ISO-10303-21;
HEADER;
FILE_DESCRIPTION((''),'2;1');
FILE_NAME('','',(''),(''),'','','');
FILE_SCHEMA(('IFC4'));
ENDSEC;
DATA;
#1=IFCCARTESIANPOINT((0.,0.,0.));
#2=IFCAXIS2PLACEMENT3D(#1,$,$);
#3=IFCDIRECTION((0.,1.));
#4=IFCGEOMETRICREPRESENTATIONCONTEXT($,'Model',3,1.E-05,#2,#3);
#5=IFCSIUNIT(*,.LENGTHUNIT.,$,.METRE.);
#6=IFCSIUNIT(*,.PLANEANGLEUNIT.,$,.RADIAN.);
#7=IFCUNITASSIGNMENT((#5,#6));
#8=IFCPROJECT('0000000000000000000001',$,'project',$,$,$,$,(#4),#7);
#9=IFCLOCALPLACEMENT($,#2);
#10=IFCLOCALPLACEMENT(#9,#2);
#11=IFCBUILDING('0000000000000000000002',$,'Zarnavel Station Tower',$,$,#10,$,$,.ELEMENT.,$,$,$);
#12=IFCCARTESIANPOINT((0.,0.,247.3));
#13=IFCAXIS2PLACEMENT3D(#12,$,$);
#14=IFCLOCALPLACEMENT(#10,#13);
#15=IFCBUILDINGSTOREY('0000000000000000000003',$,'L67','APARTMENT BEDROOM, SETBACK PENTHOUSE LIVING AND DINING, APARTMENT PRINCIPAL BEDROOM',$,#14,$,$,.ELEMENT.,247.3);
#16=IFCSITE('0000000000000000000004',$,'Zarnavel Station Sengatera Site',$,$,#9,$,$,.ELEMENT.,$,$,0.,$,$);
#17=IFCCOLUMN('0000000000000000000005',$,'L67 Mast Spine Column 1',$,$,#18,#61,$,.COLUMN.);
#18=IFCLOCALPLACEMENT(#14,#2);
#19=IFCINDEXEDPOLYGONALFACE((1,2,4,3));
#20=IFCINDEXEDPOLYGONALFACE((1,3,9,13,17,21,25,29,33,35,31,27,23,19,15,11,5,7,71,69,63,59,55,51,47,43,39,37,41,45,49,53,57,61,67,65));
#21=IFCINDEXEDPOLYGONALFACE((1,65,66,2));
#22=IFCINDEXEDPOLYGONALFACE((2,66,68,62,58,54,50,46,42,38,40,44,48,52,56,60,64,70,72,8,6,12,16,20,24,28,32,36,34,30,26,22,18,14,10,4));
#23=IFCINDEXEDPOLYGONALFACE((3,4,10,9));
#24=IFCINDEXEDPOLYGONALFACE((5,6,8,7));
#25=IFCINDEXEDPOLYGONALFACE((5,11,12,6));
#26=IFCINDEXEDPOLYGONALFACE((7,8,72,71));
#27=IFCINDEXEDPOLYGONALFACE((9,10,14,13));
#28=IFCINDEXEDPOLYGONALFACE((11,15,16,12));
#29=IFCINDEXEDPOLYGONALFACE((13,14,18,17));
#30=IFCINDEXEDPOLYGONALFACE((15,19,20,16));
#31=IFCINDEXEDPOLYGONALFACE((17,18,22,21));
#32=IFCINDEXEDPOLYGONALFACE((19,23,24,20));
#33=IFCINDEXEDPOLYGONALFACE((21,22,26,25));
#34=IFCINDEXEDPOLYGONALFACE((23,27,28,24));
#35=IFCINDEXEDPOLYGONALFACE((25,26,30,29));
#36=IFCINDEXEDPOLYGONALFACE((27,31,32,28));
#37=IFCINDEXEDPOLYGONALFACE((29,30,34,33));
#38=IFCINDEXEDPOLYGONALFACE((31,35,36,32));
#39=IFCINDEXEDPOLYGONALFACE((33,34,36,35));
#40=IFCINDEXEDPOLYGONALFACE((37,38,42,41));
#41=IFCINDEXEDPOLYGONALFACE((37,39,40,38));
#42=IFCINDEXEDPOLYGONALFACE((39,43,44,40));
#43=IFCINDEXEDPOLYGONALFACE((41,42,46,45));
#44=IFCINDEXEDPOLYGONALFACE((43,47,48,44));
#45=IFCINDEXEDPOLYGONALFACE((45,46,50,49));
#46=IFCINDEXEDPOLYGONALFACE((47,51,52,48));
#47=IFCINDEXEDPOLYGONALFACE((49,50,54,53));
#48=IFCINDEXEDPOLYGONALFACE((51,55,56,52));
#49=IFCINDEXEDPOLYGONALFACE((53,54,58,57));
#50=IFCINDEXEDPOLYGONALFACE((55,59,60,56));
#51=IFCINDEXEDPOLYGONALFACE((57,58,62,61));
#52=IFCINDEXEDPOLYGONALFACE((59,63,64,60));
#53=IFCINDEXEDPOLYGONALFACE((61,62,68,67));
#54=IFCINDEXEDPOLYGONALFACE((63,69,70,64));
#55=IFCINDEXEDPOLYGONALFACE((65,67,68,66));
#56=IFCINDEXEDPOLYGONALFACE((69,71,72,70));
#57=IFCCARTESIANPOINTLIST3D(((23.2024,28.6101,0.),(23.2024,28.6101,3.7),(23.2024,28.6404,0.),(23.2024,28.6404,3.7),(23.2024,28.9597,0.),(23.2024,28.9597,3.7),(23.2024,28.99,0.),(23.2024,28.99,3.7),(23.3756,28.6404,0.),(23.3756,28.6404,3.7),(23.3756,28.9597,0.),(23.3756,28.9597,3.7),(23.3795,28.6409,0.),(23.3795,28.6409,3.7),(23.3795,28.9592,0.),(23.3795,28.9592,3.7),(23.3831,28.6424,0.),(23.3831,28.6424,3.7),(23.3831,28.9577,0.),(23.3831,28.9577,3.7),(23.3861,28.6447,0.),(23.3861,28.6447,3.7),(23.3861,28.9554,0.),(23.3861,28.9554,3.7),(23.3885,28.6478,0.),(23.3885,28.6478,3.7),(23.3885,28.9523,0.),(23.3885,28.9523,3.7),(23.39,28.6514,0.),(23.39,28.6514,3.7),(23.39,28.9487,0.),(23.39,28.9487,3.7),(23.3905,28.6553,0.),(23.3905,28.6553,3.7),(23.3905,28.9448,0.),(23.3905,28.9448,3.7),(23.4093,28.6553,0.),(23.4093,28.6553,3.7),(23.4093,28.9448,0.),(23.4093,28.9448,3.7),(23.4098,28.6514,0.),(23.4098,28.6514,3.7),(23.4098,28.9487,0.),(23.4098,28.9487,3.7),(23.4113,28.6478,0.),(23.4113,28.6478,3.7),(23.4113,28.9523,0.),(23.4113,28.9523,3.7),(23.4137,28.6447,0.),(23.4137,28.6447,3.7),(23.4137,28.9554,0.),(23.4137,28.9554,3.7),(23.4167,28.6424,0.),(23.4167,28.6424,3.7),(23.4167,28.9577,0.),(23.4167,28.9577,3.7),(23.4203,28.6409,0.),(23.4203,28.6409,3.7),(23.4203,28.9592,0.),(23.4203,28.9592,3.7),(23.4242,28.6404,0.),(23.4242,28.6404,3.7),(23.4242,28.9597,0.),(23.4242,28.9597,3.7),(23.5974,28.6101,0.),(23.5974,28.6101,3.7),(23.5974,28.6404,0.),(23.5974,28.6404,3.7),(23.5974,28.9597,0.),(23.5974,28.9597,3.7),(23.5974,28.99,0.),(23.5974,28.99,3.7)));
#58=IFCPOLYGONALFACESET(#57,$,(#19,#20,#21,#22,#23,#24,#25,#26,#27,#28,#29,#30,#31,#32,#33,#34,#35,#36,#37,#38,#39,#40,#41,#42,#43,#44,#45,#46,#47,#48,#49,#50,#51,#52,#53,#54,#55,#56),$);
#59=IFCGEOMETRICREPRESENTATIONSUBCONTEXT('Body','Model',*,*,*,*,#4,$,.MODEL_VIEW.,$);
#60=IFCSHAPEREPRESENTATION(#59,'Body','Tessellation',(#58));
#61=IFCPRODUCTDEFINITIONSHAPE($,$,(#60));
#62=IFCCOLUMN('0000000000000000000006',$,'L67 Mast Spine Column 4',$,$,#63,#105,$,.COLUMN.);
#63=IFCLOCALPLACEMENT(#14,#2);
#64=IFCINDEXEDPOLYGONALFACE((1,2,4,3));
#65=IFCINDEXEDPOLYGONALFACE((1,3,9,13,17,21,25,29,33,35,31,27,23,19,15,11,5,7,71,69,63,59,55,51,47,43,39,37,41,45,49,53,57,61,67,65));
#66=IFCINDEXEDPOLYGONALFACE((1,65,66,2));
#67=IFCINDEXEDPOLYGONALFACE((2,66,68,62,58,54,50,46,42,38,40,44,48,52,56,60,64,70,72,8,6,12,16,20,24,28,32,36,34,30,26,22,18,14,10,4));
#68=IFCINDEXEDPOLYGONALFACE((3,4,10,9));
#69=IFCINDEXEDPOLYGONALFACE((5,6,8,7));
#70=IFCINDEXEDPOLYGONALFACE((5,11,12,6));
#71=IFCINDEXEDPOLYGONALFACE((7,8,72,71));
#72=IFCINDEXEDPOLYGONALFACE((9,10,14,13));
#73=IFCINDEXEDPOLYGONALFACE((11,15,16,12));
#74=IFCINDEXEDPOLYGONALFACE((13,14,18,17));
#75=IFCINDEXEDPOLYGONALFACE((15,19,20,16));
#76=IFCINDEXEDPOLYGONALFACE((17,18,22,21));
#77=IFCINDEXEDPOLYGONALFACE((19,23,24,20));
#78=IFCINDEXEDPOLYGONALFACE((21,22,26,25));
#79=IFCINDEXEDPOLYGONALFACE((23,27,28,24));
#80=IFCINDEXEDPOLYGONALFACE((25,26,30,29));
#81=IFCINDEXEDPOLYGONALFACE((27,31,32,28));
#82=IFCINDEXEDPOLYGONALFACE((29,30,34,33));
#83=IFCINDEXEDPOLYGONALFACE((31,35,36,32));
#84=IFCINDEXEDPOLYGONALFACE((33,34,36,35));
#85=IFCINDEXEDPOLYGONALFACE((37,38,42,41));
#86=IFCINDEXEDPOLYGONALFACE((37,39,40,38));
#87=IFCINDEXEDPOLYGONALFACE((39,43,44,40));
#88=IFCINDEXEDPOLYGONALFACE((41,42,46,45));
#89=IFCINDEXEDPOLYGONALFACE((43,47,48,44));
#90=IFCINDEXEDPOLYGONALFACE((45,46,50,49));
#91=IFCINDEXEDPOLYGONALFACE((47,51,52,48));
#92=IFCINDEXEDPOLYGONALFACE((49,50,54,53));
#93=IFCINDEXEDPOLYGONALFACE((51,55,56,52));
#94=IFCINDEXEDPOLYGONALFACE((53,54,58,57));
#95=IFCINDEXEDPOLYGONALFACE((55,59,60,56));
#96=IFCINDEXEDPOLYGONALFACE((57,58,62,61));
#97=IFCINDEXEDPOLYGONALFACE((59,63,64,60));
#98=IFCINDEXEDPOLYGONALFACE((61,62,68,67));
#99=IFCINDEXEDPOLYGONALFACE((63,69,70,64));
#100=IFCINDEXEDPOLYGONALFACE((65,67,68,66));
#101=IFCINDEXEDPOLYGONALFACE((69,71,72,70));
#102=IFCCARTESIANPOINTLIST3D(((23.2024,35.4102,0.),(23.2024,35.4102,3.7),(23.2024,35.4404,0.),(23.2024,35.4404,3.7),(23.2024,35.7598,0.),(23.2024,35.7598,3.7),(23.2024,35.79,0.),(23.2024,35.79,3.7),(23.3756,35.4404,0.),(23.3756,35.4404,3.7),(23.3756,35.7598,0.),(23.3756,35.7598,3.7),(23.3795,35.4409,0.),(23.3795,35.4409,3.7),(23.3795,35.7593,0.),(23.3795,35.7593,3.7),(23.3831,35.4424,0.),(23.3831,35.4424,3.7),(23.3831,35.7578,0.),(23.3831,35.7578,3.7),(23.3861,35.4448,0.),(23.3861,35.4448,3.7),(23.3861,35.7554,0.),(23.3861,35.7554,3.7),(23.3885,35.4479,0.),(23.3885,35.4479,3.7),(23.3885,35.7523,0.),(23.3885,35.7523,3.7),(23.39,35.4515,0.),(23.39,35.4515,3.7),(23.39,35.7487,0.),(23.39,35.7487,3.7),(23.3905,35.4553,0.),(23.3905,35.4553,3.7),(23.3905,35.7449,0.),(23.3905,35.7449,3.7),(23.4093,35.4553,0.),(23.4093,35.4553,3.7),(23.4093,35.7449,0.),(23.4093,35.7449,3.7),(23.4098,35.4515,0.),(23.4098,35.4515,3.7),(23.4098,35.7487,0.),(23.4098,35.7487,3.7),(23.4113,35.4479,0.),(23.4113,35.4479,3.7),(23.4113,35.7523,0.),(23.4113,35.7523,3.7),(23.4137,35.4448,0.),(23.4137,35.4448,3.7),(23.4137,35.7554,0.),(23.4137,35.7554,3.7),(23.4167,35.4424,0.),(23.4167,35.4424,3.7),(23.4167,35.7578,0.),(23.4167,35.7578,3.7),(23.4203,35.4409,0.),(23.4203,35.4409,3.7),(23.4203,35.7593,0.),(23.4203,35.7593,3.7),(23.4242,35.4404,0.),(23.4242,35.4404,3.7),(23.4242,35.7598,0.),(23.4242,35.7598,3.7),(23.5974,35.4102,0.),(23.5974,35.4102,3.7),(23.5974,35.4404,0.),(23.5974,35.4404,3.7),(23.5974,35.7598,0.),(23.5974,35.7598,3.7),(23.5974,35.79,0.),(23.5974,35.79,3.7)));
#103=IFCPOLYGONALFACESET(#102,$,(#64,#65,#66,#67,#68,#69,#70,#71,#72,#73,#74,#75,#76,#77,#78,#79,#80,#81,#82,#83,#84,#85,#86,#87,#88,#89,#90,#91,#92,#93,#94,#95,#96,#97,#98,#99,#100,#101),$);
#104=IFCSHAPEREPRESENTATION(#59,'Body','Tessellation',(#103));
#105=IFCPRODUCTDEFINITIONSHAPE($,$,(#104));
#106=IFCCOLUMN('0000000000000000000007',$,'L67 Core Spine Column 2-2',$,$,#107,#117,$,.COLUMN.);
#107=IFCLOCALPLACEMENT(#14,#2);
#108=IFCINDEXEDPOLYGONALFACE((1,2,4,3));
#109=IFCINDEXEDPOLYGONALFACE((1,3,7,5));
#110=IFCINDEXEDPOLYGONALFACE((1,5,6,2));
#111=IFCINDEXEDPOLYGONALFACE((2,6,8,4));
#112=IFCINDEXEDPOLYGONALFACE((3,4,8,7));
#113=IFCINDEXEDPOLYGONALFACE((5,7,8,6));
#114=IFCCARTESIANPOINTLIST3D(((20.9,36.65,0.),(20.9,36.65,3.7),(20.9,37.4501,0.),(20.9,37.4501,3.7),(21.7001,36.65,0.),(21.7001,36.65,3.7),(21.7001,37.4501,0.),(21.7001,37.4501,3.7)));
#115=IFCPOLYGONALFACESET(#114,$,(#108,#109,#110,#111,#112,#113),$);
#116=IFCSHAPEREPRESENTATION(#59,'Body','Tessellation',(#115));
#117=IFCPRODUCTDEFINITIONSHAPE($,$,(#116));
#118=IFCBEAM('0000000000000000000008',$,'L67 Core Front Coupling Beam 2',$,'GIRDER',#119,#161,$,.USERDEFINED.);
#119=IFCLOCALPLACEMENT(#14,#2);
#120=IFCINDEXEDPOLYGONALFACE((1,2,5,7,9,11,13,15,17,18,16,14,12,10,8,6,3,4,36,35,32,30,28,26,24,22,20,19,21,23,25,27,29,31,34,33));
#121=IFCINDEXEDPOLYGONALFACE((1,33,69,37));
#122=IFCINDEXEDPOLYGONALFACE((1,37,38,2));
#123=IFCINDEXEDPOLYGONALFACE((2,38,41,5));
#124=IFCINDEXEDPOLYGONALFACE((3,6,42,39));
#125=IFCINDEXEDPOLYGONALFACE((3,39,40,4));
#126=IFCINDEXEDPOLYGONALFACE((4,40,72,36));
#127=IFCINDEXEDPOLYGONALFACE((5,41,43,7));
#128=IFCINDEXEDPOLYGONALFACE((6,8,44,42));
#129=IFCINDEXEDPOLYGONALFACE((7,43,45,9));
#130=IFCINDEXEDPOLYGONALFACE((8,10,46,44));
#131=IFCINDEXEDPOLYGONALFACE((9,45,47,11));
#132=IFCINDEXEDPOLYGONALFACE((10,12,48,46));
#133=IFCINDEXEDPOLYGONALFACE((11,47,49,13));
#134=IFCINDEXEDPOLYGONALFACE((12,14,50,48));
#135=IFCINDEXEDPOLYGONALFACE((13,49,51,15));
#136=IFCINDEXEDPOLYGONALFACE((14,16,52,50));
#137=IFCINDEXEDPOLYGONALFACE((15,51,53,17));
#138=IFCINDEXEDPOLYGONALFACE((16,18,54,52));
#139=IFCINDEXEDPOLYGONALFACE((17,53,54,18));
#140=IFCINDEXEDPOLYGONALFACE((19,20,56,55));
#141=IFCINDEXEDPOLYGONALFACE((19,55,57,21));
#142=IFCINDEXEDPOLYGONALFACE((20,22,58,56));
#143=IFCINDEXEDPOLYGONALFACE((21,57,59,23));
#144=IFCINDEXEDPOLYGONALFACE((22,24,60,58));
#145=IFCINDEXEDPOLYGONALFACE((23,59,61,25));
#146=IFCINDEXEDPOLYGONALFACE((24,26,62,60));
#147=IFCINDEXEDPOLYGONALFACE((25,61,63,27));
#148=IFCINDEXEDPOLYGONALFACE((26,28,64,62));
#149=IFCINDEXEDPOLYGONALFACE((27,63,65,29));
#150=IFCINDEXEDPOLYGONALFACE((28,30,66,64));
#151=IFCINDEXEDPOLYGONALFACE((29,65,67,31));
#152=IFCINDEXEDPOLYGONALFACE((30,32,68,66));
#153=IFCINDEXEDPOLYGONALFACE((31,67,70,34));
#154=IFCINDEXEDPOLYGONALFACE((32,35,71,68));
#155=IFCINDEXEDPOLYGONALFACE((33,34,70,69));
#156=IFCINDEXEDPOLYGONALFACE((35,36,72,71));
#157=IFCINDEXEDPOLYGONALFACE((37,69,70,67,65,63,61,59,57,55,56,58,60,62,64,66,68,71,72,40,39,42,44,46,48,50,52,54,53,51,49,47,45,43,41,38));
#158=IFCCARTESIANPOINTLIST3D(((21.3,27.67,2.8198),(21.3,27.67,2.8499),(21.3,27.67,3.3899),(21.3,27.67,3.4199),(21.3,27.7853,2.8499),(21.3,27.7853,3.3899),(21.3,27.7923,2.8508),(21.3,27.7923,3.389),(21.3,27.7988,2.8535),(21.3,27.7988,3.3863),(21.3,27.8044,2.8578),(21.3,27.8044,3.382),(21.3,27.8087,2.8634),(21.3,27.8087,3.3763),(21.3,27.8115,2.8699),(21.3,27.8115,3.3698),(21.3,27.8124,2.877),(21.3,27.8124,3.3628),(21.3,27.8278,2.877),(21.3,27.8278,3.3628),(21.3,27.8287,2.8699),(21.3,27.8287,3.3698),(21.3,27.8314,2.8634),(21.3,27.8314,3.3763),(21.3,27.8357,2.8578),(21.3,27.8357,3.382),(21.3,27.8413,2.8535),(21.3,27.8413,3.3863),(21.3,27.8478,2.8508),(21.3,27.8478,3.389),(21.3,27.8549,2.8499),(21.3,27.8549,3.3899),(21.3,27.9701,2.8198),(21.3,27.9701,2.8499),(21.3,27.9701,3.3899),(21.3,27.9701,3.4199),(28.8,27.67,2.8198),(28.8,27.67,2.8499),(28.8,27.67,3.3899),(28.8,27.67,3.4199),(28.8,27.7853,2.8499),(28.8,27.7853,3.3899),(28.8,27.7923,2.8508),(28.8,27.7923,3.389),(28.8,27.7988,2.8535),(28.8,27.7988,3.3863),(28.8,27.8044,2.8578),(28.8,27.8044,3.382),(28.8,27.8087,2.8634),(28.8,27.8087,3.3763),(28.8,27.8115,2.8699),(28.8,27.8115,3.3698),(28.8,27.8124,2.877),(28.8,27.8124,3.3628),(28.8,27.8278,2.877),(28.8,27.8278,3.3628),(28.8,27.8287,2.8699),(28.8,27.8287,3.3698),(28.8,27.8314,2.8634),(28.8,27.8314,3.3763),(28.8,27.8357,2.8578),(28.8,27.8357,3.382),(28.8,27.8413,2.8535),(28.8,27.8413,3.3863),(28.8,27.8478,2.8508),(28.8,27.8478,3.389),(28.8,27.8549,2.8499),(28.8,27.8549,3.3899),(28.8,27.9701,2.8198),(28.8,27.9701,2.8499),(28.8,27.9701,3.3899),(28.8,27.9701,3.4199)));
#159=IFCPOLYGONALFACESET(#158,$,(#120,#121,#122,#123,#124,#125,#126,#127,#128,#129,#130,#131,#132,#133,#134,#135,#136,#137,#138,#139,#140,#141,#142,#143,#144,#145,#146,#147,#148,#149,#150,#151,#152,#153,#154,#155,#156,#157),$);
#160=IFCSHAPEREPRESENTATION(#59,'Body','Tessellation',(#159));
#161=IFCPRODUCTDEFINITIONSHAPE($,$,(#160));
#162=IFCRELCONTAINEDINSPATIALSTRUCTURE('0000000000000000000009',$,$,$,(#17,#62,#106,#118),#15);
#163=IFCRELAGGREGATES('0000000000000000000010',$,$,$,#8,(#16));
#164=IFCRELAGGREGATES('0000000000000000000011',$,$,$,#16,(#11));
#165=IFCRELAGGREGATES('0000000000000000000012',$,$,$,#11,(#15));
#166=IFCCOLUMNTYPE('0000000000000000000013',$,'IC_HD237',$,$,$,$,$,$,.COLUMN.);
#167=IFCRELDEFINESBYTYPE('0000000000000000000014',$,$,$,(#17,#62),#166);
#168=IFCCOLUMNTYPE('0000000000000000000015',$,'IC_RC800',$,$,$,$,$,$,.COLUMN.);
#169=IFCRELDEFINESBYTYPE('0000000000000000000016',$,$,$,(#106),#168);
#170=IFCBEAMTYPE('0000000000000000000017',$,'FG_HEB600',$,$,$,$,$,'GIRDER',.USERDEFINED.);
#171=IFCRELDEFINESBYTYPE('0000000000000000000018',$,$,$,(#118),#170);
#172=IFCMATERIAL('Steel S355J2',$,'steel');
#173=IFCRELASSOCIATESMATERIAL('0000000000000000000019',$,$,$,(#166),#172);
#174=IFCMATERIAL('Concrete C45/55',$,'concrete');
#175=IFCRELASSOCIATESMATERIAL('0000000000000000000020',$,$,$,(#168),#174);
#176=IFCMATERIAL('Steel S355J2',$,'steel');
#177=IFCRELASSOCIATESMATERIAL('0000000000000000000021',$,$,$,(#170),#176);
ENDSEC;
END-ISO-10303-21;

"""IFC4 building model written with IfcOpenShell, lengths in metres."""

from ifc_helpers import new_model, si_unit, direction, frame, origin, origin_2d, place, context, subcontext, project, spatial, rectangle, i_section, extrude, material, material_profile, profile_set, type_object, element, save


model = new_model("IFC4")

# Units and contexts
model_context = context("Model", 3, precision=1e-05, world=origin(), true_north=direction((0.0, 1.0)))
body_context = subcontext(model_context, "Body", "Model", "MODEL_VIEW")
ifc_project = project(units=[si_unit("LENGTHUNIT", "METRE"), si_unit("PLANEANGLEUNIT", "RADIAN")], contexts=[model_context])

# Site, building, storey
site_placement = place(None, origin())
site = spatial("IfcSite", under=ifc_project, at=site_placement, Name="Zarnavel Station Sengatera Site", CompositionType="ELEMENT", RefElevation=0.0)
building_placement = place(site_placement, origin())
building = spatial("IfcBuilding", under=site, at=building_placement, Name="Zarnavel Station Tower", CompositionType="ELEMENT")
storey_placement = place(building_placement, frame((0.0, 0.0, 247.3)))
storey = spatial("IfcBuildingStorey", under=building, at=storey_placement, Name="L67", Description="APARTMENT BEDROOM, SETBACK PENTHOUSE LIVING AND DINING, APARTMENT PRINCIPAL BEDROOM", CompositionType="ELEMENT", Elevation=247.3)

# Columns
ifc_material_1 = material(Name="Steel S355J2", Category="steel")
ifc_material_profile_1 = material_profile(ifc_material_1, i_section(OverallWidth=0.395, OverallDepth=0.3799, WebThickness=0.0188, FlangeThickness=0.0303, FilletRadius=0.0149, at=origin_2d()), Name="HD400x237")
ifc_profile_set_1 = profile_set([ifc_material_profile_1], Name="Steel S355J2")
column_type_1 = type_object("IfcColumnType", Name="IC_HD237", PredefinedType="COLUMN", material=ifc_profile_set_1)
for number, where, z_axis, x_axis, name in (
    (1, (23.3999, 28.8, 0.0), (0.0, 0.0, 1.0), (1.0, 0.0, 0.0), "L67 Mast Spine Column 1"),
    (2, (23.3999, 35.6001, 0.0), (0.0, 0.0, 1.0), (1.0, 0.0, 0.0), "L67 Mast Spine Column 4"),
):
    element("IfcColumn", number, at=place(storey_placement, frame(where, z_axis=z_axis, x_axis=x_axis)), inside=storey, type_object=column_type_1, Name=name, PredefinedType="COLUMN", context=body_context, shape_type="SweptSolid", body=[
        extrude(i_section(OverallWidth=0.395, OverallDepth=0.3799, WebThickness=0.0188, FlangeThickness=0.0303, FilletRadius=0.0149, at=origin_2d()), origin(), (0.0, 0.0, 1.0), 3.7),
    ])
ifc_material_2 = material(Name="Concrete C45/55", Category="concrete")
ifc_material_profile_2 = material_profile(ifc_material_2, rectangle(XDim=0.8, YDim=0.8, at=origin_2d()), Name="RC800x800")
ifc_profile_set_2 = profile_set([ifc_material_profile_2], Name="Concrete C45/55")
column_type_2 = type_object("IfcColumnType", Name="IC_RC800", PredefinedType="COLUMN", material=ifc_profile_set_2)
column_placement = place(storey_placement, frame((21.3, 37.05, 0.0), z_axis=(0.0, 0.0, 1.0), x_axis=(1.0, 0.0, 0.0)))
element("IfcColumn", 3, at=column_placement, inside=storey, type_object=column_type_2, Name="L67 Core Spine Column 2-2", PredefinedType="COLUMN", context=body_context, shape_type="SweptSolid", body=[
    extrude(rectangle(XDim=0.8, YDim=0.8, at=origin_2d()), origin(), (0.0, 0.0, 1.0), 3.7),
])

# Beam
ifc_material_3 = material(Name="Steel S355J2", Category="steel")
ifc_material_profile_3 = material_profile(ifc_material_3, i_section(OverallWidth=0.3, OverallDepth=0.6001, WebThickness=0.0154, FlangeThickness=0.03, FilletRadius=0.0271, at=origin_2d()), Name="HEB600")
ifc_profile_set_3 = profile_set([ifc_material_profile_3], Name="Steel S355J2")
beam_type_1 = type_object("IfcBeamType", Name="FG_HEB600", ElementType="GIRDER", PredefinedType="USERDEFINED", material=ifc_profile_set_3)
beam_1_placement = place(storey_placement, frame((21.3, 27.8201, 3.1199), z_axis=(1.0, 0.0, 0.0), x_axis=(0.0, 1.0, 0.0)))
element("IfcBeam", 4, at=beam_1_placement, inside=storey, type_object=beam_type_1, Name="L67 Core Front Coupling Beam 2", ObjectType="GIRDER", PredefinedType="USERDEFINED", context=body_context, shape_type="SweptSolid", body=[
    extrude(i_section(OverallWidth=0.3, OverallDepth=0.6001, WebThickness=0.0154, FlangeThickness=0.03, FilletRadius=0.0271, at=origin_2d()), origin(), (0.0, 0.0, 1.0), 7.5),
])

save(model, "model.ifc")
